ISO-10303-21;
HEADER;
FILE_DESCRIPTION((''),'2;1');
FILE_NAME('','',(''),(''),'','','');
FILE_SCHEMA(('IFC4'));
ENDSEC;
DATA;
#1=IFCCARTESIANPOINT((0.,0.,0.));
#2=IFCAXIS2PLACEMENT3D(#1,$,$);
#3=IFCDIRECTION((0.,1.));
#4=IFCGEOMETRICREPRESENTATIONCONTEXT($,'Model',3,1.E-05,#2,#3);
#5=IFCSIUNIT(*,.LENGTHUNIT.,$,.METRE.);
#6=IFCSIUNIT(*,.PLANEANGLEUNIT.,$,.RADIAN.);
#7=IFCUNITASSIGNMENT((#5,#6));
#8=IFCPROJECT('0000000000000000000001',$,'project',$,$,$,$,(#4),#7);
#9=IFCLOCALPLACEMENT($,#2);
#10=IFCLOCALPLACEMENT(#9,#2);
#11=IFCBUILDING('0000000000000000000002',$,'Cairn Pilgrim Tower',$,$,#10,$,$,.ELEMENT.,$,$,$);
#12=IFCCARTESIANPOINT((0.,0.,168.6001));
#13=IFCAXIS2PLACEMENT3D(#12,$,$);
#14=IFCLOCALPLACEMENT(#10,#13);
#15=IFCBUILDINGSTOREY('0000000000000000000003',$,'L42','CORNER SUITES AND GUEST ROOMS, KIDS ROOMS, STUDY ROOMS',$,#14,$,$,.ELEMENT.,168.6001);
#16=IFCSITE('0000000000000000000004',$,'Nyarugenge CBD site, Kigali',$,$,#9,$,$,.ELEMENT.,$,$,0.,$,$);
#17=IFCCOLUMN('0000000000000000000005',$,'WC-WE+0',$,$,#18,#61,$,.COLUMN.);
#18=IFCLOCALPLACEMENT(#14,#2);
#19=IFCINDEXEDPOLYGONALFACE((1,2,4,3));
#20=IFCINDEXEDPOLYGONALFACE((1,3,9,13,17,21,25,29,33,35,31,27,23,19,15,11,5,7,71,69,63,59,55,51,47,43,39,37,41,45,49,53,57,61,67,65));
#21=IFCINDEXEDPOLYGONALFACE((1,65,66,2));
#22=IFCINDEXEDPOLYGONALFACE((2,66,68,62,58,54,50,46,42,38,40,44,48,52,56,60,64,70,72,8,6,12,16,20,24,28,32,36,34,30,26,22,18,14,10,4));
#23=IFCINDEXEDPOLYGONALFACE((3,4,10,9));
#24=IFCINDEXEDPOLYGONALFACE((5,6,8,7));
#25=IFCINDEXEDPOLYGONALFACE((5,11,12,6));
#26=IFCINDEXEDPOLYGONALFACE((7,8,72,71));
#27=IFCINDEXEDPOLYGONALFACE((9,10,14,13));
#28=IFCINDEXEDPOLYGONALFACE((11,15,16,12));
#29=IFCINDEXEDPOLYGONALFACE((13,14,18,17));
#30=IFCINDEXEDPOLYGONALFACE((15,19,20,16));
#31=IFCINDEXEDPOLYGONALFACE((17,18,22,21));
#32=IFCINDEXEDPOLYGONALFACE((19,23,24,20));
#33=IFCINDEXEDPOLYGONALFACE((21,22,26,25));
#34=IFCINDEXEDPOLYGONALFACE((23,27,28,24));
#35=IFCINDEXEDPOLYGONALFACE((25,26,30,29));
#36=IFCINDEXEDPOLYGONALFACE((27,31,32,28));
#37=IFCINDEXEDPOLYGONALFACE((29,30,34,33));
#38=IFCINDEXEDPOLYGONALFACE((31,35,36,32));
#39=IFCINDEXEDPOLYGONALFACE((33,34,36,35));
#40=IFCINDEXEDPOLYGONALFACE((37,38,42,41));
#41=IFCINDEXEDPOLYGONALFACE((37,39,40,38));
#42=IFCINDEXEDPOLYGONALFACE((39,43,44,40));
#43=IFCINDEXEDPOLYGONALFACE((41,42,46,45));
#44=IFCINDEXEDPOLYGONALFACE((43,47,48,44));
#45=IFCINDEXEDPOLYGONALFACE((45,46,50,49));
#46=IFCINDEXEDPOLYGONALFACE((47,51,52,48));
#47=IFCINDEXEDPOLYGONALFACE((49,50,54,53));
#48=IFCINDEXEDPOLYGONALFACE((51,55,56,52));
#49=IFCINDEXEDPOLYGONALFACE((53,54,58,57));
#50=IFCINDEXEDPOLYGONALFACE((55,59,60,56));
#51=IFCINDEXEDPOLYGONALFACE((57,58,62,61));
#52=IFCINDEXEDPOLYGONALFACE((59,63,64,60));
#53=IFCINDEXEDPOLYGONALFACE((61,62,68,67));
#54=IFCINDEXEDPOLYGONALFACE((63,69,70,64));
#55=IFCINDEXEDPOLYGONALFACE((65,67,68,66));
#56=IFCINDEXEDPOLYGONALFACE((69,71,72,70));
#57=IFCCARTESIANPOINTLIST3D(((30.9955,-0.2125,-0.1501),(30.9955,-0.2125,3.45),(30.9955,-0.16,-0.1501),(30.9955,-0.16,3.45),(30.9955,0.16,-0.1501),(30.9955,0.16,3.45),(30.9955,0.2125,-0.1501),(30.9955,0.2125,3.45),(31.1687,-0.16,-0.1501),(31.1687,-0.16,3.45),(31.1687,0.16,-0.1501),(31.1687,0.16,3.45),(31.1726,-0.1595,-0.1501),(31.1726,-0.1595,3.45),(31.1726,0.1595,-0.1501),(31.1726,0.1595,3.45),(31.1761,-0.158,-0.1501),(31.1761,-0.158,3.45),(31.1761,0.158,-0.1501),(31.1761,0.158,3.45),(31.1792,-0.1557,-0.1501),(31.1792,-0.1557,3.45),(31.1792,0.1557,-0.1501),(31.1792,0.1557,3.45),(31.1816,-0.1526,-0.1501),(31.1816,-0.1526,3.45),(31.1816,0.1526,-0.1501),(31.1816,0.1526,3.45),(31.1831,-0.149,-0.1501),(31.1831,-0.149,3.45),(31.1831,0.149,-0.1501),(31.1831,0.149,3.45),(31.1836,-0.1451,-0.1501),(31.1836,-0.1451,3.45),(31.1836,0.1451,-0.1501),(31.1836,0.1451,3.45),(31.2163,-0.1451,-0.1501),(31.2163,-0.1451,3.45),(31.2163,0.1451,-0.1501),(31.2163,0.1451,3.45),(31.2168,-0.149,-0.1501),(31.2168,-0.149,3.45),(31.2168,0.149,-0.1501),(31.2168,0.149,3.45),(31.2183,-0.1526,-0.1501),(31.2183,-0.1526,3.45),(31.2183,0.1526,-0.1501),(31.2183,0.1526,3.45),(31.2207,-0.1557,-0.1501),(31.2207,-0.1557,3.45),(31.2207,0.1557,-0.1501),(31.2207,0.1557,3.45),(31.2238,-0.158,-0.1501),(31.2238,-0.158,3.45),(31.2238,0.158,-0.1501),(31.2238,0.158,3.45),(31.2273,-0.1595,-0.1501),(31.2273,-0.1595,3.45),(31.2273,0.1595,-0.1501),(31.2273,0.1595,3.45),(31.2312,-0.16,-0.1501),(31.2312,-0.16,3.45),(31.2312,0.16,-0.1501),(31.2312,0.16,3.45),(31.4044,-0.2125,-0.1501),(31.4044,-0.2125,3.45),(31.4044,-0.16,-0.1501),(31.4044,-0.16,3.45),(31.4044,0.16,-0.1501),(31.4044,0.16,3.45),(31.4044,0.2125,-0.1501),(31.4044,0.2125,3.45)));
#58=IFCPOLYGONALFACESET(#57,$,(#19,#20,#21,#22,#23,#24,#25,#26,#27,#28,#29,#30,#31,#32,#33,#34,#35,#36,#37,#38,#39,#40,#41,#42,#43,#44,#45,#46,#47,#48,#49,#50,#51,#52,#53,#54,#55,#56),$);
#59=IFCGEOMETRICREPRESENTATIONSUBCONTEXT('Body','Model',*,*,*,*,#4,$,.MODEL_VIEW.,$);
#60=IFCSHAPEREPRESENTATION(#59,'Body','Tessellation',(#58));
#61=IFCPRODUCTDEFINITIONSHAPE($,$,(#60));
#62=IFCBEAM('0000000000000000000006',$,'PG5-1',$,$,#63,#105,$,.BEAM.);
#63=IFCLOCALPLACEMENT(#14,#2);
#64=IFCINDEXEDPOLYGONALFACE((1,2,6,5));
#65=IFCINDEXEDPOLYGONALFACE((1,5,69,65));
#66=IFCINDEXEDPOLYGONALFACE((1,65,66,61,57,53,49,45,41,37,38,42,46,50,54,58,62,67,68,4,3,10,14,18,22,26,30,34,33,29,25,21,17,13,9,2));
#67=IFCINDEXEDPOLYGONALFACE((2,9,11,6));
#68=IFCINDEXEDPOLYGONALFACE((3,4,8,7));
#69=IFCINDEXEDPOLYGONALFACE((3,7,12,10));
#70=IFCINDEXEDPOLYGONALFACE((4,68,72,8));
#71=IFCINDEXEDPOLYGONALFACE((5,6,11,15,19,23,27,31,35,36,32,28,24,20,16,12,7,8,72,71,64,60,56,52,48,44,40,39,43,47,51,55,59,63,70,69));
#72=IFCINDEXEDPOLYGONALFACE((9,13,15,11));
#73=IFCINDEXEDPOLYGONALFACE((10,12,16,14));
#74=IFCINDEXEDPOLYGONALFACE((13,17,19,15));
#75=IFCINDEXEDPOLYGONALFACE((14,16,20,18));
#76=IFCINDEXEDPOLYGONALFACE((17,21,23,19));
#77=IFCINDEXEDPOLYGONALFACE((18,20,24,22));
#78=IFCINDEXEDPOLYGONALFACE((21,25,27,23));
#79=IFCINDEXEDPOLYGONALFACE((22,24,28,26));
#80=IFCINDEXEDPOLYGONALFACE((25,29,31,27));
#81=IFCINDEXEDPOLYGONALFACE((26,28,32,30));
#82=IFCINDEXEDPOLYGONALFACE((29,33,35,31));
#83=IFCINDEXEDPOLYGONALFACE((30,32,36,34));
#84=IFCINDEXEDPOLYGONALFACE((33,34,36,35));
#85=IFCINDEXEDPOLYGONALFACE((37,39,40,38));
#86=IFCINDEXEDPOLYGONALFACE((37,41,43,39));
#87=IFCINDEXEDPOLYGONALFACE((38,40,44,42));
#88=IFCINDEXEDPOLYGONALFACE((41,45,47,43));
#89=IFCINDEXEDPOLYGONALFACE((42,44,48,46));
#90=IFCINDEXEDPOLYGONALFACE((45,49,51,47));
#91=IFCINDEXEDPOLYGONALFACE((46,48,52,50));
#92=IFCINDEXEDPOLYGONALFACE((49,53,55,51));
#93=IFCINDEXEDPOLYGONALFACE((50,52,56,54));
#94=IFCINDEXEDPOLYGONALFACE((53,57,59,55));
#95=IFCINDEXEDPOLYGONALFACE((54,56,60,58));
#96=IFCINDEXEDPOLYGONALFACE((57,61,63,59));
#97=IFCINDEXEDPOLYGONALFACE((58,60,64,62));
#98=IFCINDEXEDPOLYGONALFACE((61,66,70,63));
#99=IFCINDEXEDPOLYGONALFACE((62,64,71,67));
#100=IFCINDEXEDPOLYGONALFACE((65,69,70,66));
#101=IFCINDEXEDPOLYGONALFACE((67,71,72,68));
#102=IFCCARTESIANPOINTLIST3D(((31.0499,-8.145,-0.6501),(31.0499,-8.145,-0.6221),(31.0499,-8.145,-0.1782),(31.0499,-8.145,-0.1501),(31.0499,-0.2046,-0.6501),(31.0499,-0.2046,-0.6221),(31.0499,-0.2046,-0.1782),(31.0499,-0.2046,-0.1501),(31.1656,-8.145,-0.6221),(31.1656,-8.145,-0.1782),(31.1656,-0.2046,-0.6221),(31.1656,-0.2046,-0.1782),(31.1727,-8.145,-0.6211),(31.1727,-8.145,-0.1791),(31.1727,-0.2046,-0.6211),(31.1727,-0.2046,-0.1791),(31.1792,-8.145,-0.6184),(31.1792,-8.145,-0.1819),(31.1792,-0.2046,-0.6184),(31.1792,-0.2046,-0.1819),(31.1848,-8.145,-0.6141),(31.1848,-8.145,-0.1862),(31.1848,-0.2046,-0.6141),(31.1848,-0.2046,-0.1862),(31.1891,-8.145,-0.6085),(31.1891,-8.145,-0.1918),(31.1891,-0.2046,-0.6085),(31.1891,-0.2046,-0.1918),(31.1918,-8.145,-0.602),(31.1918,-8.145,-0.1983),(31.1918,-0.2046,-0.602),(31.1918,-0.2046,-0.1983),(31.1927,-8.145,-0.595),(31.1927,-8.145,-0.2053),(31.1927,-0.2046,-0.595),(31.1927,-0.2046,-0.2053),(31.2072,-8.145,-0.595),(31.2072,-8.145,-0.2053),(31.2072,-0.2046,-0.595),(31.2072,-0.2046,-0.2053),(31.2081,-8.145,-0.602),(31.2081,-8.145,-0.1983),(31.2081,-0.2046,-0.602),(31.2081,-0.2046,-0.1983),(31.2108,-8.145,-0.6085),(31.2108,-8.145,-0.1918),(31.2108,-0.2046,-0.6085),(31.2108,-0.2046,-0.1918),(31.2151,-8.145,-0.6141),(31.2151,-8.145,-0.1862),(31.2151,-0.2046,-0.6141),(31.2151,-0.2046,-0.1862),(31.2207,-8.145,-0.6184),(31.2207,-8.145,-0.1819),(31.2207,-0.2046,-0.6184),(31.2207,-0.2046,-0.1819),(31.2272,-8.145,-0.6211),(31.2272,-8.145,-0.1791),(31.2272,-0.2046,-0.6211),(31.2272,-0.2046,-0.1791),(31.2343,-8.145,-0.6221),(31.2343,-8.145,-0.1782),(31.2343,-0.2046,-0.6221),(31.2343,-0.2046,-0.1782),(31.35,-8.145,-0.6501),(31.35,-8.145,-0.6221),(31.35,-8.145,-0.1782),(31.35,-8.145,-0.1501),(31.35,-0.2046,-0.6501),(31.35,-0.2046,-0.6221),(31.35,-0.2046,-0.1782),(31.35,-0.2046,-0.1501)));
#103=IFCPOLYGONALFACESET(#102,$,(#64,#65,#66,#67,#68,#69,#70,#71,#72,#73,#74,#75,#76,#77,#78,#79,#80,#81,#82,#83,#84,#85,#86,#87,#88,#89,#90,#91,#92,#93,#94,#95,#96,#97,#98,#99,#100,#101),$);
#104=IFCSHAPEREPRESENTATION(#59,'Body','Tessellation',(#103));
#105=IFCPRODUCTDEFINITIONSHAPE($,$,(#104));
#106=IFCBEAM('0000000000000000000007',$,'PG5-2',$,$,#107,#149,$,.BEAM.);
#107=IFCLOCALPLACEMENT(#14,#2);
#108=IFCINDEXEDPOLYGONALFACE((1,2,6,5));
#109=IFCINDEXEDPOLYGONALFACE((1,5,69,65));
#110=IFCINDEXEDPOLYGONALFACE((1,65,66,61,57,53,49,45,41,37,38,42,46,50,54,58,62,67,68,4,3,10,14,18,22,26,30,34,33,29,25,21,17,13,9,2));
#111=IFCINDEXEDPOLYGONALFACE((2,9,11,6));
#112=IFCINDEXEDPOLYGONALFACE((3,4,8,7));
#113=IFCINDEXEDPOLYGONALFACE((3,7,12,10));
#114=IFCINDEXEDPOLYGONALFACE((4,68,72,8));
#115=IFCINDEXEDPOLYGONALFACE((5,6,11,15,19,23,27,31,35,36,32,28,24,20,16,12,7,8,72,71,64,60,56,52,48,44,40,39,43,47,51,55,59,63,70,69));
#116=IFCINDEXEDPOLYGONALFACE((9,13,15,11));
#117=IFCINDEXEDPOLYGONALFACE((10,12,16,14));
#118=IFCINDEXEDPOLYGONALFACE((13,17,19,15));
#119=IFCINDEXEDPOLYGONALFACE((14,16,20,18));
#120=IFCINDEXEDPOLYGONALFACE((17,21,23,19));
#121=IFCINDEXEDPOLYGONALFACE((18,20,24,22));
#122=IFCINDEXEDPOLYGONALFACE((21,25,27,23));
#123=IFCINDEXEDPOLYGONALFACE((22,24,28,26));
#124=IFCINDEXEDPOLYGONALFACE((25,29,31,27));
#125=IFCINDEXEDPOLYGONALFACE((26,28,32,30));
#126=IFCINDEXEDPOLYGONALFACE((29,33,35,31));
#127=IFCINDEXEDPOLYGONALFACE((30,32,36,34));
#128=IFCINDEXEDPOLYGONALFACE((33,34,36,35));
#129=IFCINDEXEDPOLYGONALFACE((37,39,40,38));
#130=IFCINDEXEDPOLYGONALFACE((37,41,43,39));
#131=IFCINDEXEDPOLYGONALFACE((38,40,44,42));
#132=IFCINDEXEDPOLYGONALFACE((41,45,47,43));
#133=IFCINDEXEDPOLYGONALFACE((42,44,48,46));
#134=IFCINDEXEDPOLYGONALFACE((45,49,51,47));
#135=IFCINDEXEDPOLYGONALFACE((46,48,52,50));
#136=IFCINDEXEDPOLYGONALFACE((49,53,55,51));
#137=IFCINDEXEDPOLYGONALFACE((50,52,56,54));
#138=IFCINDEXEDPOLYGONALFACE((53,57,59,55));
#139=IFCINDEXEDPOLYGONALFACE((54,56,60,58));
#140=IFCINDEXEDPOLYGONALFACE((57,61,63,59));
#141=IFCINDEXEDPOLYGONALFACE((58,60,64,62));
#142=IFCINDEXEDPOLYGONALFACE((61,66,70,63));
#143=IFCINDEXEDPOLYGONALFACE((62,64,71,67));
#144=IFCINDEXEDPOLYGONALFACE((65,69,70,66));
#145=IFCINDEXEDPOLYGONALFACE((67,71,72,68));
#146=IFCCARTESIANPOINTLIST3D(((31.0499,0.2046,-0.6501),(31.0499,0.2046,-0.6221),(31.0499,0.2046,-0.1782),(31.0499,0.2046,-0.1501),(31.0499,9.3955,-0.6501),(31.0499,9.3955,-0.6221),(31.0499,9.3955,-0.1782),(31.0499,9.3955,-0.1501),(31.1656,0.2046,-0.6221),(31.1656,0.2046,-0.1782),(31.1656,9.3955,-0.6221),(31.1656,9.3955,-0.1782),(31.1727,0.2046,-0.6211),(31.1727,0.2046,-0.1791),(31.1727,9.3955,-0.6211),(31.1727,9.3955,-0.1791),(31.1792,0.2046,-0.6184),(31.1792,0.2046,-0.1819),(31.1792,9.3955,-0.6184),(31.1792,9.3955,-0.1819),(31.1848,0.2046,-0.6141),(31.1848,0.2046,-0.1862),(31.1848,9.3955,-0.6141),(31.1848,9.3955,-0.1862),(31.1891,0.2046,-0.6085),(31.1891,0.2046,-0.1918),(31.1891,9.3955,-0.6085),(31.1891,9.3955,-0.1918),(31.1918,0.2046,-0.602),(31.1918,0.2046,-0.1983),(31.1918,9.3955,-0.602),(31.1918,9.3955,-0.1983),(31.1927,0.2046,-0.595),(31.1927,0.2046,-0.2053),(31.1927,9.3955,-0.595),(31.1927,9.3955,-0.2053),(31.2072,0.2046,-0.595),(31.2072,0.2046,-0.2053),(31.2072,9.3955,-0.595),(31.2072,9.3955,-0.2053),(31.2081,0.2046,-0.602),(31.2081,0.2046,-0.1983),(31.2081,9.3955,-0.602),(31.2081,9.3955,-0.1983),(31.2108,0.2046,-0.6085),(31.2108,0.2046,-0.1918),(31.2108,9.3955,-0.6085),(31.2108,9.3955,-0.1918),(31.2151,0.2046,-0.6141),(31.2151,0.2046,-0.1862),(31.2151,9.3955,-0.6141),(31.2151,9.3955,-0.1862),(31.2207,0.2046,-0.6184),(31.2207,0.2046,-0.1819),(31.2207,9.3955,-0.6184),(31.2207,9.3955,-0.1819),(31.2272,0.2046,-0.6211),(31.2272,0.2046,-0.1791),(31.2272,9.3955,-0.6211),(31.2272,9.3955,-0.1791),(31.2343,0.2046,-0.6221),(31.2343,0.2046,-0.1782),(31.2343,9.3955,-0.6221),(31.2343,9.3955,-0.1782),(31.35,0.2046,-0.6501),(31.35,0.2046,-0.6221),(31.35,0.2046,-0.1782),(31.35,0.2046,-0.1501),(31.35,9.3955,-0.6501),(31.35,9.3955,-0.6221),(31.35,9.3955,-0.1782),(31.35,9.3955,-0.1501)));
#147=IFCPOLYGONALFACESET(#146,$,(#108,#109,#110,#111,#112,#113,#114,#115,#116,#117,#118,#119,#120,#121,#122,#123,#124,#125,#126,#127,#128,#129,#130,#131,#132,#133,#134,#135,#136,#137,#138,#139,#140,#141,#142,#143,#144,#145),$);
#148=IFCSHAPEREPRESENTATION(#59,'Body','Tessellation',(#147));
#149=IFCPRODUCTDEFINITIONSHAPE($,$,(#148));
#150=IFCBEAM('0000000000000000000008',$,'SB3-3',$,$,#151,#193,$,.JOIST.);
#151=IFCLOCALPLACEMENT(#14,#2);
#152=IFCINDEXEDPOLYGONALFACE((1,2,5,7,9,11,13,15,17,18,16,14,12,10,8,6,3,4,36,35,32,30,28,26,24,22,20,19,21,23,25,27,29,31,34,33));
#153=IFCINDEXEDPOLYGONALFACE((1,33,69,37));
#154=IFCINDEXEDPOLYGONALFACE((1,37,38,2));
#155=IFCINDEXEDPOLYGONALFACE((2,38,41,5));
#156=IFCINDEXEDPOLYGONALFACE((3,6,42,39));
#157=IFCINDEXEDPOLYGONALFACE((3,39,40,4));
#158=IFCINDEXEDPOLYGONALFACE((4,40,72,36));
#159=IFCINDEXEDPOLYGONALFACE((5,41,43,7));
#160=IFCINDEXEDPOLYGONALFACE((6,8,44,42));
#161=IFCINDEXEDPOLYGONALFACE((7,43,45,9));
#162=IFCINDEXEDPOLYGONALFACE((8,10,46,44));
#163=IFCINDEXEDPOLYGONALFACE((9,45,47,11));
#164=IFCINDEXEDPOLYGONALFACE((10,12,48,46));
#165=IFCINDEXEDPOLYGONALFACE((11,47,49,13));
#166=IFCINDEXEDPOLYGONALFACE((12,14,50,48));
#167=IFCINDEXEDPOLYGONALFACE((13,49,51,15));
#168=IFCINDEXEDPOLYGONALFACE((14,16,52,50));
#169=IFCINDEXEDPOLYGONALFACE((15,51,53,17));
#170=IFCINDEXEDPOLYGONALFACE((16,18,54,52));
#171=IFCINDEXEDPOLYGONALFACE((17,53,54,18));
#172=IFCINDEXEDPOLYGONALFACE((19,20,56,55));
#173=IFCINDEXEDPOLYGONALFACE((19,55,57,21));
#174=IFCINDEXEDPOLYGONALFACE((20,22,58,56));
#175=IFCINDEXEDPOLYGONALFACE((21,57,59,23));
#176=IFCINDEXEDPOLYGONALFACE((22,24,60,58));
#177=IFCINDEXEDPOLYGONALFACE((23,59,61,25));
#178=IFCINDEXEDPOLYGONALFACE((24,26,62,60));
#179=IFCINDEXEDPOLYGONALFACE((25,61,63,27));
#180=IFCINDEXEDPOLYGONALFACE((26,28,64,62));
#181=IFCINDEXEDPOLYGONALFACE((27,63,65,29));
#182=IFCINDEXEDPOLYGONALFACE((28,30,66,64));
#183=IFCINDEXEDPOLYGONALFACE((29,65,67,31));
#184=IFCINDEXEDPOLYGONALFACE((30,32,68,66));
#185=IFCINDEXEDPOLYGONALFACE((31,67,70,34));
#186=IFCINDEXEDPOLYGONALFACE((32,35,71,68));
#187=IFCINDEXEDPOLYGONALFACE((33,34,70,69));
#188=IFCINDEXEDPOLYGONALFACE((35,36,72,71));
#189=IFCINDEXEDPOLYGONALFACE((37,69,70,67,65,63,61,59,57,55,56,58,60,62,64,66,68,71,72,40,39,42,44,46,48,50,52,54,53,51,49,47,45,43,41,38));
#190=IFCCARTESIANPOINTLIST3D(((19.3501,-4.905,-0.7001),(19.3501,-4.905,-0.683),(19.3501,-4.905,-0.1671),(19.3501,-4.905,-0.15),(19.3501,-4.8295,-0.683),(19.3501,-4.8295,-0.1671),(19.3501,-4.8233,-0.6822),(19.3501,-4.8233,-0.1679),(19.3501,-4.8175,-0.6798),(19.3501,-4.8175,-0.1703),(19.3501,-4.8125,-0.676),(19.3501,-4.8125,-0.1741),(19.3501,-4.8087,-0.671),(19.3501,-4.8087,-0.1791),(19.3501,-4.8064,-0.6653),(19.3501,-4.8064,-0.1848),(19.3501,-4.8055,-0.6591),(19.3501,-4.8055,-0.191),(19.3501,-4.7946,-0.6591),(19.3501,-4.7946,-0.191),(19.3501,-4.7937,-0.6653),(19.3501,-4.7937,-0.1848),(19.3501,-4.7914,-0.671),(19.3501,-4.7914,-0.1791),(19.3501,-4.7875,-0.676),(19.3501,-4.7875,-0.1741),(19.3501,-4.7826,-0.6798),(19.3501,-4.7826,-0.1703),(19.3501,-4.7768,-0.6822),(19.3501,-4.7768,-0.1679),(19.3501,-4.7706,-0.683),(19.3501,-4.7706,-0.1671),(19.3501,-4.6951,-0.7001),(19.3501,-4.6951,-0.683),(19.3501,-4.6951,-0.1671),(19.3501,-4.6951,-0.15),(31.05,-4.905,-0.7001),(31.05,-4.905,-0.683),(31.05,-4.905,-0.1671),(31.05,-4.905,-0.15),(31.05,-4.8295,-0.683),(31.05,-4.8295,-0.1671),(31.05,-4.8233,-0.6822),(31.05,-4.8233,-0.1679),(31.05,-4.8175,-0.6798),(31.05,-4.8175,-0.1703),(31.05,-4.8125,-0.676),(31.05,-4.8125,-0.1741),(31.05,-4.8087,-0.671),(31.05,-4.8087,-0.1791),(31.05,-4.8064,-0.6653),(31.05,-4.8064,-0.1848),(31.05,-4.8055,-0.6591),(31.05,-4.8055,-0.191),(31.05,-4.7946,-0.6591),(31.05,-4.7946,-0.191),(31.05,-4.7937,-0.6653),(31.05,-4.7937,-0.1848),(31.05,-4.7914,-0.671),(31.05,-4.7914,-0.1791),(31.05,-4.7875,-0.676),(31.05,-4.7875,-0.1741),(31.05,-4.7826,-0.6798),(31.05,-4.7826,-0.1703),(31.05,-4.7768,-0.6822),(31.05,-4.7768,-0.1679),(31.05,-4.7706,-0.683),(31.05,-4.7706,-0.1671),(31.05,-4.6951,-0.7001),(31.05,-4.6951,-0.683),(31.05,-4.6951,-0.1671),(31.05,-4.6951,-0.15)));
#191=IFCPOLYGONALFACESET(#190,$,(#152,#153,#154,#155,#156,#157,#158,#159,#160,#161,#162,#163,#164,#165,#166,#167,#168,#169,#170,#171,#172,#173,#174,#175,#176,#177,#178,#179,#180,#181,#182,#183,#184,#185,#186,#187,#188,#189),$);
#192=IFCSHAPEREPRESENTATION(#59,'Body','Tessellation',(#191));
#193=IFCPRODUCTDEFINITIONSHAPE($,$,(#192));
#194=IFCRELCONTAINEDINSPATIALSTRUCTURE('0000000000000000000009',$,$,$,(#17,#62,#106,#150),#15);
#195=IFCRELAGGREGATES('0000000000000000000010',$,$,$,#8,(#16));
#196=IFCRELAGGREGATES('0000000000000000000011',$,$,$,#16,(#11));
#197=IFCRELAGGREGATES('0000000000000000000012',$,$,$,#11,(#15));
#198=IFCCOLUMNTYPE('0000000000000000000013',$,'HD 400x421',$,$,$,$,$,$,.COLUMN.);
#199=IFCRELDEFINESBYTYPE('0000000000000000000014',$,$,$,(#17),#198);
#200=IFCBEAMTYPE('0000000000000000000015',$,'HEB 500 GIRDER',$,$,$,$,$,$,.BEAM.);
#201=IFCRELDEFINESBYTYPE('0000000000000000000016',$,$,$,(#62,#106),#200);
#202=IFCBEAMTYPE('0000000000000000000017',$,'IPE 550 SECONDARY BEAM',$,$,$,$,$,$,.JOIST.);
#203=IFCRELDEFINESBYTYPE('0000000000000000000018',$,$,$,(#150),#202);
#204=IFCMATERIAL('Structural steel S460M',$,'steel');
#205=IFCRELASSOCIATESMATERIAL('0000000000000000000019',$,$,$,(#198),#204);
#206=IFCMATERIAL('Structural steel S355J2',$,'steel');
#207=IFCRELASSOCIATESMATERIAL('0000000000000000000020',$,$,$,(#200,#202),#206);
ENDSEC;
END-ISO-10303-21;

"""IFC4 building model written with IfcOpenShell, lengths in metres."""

from ifc_helpers import new_model, si_unit, direction, frame, origin, origin_2d, place, context, subcontext, project, spatial, i_section, extrude, material, material_profile, profile_set, type_object, element, save


model = new_model("IFC4")

# Units and contexts
model_context = context("Model", 3, precision=1e-05, world=origin(), true_north=direction((0.0, 1.0)))
body_context = subcontext(model_context, "Body", "Model", "MODEL_VIEW")
ifc_project = project(units=[si_unit("LENGTHUNIT", "METRE"), si_unit("PLANEANGLEUNIT", "RADIAN")], contexts=[model_context])

# Site, building, storey
site_placement = place(None, origin())
site = spatial("IfcSite", under=ifc_project, at=site_placement, Name="Nyarugenge CBD site, Kigali", CompositionType="ELEMENT", RefElevation=0.0)
building_placement = place(site_placement, origin())
building = spatial("IfcBuilding", under=site, at=building_placement, Name="Cairn Pilgrim Tower", CompositionType="ELEMENT")
storey_placement = place(building_placement, frame((0.0, 0.0, 168.6001)))
storey = spatial("IfcBuildingStorey", under=building, at=storey_placement, Name="L42", Description="CORNER SUITES AND GUEST ROOMS, KIDS ROOMS, STUDY ROOMS", CompositionType="ELEMENT", Elevation=168.6001)

# Column
ifc_material_1 = material(Name="Structural steel S460M", Category="steel")
ifc_material_profile_1 = material_profile(ifc_material_1, i_section(OverallWidth=0.4089, OverallDepth=0.425, WebThickness=0.0327, FlangeThickness=0.0525, FilletRadius=0.0149, at=origin_2d()), Name="HD 400x421")
ifc_profile_set_1 = profile_set([ifc_material_profile_1], Name="Structural steel S460M")
column_type = type_object("IfcColumnType", Name="HD 400x421", PredefinedType="COLUMN", material=ifc_profile_set_1)
column_placement = place(storey_placement, frame((31.2, 0.0, -0.1501), z_axis=(0.0, 0.0, 1.0), x_axis=(1.0, 0.0, 0.0)))
element("IfcColumn", 1, at=column_placement, inside=storey, type_object=column_type, Name="WC-WE+0", PredefinedType="COLUMN", context=body_context, shape_type="SweptSolid", body=[
    extrude(i_section(OverallWidth=0.4089, OverallDepth=0.425, WebThickness=0.0327, FlangeThickness=0.0525, FilletRadius=0.0149, at=origin_2d()), origin(), (0.0, 0.0, 1.0), 3.6001),
])

# Beams
ifc_material_2 = material(Name="Structural steel S355J2", Category="steel")
ifc_material_profile_2 = material_profile(ifc_material_2, i_section(OverallWidth=0.3, OverallDepth=0.5, WebThickness=0.0144, FlangeThickness=0.0281, FilletRadius=0.0271, at=origin_2d()), Name="HEB 500")
ifc_profile_set_2 = profile_set([ifc_material_profile_2], Name="Structural steel S355J2")
beam_type_1 = type_object("IfcBeamType", Name="HEB 500 GIRDER", PredefinedType="BEAM", material=ifc_profile_set_2)
beam_1_placement = place(storey_placement, frame((31.2, -8.145, -0.4001), z_axis=(0.0, 1.0, 0.0), x_axis=(-1.0, 0.0, 0.0)))
element("IfcBeam", 2, at=beam_1_placement, inside=storey, type_object=beam_type_1, Name="PG5-1", PredefinedType="BEAM", context=body_context, shape_type="SweptSolid", body=[
    extrude(i_section(OverallWidth=0.3, OverallDepth=0.5, WebThickness=0.0144, FlangeThickness=0.0281, FilletRadius=0.0271, at=origin_2d()), origin(), (0.0, 0.0, 1.0), 7.9404),
])
beam_2_placement = place(storey_placement, frame((31.2, 0.2046, -0.4001), z_axis=(0.0, 1.0, 0.0), x_axis=(-1.0, 0.0, 0.0)))
element("IfcBeam", 3, at=beam_2_placement, inside=storey, type_object=beam_type_1, Name="PG5-2", PredefinedType="BEAM", context=body_context, shape_type="SweptSolid", body=[
    extrude(i_section(OverallWidth=0.3, OverallDepth=0.5, WebThickness=0.0144, FlangeThickness=0.0281, FilletRadius=0.0271, at=origin_2d()), origin(), (0.0, 0.0, 1.0), 9.1909),
])
ifc_material_profile_3 = material_profile(ifc_material_2, i_section(OverallWidth=0.21, OverallDepth=0.55, WebThickness=0.011, FlangeThickness=0.0171, FilletRadius=0.0239, at=origin_2d()), Name="IPE 550")
ifc_profile_set_3 = profile_set([ifc_material_profile_3], Name="Structural steel S355J2")
beam_type_2 = type_object("IfcBeamType", Name="IPE 550 SECONDARY BEAM", PredefinedType="JOIST", material=ifc_profile_set_3)
for number, where, z_axis, x_axis, name in (
    (4, (19.3501, -4.8, -0.425), (1.0, 0.0, 0.0), (0.0, 1.0, 0.0), "SB3-3"),
):
    element("IfcBeam", number, at=place(storey_placement, frame(where, z_axis=z_axis, x_axis=x_axis)), inside=storey, type_object=beam_type_2, Name=name, PredefinedType="JOIST", context=body_context, shape_type="SweptSolid", body=[
        extrude(i_section(OverallWidth=0.21, OverallDepth=0.55, WebThickness=0.011, FlangeThickness=0.0171, FilletRadius=0.0239, at=origin_2d()), origin(), (0.0, 0.0, 1.0), 11.7),
    ])

save(model, "model.ifc")
